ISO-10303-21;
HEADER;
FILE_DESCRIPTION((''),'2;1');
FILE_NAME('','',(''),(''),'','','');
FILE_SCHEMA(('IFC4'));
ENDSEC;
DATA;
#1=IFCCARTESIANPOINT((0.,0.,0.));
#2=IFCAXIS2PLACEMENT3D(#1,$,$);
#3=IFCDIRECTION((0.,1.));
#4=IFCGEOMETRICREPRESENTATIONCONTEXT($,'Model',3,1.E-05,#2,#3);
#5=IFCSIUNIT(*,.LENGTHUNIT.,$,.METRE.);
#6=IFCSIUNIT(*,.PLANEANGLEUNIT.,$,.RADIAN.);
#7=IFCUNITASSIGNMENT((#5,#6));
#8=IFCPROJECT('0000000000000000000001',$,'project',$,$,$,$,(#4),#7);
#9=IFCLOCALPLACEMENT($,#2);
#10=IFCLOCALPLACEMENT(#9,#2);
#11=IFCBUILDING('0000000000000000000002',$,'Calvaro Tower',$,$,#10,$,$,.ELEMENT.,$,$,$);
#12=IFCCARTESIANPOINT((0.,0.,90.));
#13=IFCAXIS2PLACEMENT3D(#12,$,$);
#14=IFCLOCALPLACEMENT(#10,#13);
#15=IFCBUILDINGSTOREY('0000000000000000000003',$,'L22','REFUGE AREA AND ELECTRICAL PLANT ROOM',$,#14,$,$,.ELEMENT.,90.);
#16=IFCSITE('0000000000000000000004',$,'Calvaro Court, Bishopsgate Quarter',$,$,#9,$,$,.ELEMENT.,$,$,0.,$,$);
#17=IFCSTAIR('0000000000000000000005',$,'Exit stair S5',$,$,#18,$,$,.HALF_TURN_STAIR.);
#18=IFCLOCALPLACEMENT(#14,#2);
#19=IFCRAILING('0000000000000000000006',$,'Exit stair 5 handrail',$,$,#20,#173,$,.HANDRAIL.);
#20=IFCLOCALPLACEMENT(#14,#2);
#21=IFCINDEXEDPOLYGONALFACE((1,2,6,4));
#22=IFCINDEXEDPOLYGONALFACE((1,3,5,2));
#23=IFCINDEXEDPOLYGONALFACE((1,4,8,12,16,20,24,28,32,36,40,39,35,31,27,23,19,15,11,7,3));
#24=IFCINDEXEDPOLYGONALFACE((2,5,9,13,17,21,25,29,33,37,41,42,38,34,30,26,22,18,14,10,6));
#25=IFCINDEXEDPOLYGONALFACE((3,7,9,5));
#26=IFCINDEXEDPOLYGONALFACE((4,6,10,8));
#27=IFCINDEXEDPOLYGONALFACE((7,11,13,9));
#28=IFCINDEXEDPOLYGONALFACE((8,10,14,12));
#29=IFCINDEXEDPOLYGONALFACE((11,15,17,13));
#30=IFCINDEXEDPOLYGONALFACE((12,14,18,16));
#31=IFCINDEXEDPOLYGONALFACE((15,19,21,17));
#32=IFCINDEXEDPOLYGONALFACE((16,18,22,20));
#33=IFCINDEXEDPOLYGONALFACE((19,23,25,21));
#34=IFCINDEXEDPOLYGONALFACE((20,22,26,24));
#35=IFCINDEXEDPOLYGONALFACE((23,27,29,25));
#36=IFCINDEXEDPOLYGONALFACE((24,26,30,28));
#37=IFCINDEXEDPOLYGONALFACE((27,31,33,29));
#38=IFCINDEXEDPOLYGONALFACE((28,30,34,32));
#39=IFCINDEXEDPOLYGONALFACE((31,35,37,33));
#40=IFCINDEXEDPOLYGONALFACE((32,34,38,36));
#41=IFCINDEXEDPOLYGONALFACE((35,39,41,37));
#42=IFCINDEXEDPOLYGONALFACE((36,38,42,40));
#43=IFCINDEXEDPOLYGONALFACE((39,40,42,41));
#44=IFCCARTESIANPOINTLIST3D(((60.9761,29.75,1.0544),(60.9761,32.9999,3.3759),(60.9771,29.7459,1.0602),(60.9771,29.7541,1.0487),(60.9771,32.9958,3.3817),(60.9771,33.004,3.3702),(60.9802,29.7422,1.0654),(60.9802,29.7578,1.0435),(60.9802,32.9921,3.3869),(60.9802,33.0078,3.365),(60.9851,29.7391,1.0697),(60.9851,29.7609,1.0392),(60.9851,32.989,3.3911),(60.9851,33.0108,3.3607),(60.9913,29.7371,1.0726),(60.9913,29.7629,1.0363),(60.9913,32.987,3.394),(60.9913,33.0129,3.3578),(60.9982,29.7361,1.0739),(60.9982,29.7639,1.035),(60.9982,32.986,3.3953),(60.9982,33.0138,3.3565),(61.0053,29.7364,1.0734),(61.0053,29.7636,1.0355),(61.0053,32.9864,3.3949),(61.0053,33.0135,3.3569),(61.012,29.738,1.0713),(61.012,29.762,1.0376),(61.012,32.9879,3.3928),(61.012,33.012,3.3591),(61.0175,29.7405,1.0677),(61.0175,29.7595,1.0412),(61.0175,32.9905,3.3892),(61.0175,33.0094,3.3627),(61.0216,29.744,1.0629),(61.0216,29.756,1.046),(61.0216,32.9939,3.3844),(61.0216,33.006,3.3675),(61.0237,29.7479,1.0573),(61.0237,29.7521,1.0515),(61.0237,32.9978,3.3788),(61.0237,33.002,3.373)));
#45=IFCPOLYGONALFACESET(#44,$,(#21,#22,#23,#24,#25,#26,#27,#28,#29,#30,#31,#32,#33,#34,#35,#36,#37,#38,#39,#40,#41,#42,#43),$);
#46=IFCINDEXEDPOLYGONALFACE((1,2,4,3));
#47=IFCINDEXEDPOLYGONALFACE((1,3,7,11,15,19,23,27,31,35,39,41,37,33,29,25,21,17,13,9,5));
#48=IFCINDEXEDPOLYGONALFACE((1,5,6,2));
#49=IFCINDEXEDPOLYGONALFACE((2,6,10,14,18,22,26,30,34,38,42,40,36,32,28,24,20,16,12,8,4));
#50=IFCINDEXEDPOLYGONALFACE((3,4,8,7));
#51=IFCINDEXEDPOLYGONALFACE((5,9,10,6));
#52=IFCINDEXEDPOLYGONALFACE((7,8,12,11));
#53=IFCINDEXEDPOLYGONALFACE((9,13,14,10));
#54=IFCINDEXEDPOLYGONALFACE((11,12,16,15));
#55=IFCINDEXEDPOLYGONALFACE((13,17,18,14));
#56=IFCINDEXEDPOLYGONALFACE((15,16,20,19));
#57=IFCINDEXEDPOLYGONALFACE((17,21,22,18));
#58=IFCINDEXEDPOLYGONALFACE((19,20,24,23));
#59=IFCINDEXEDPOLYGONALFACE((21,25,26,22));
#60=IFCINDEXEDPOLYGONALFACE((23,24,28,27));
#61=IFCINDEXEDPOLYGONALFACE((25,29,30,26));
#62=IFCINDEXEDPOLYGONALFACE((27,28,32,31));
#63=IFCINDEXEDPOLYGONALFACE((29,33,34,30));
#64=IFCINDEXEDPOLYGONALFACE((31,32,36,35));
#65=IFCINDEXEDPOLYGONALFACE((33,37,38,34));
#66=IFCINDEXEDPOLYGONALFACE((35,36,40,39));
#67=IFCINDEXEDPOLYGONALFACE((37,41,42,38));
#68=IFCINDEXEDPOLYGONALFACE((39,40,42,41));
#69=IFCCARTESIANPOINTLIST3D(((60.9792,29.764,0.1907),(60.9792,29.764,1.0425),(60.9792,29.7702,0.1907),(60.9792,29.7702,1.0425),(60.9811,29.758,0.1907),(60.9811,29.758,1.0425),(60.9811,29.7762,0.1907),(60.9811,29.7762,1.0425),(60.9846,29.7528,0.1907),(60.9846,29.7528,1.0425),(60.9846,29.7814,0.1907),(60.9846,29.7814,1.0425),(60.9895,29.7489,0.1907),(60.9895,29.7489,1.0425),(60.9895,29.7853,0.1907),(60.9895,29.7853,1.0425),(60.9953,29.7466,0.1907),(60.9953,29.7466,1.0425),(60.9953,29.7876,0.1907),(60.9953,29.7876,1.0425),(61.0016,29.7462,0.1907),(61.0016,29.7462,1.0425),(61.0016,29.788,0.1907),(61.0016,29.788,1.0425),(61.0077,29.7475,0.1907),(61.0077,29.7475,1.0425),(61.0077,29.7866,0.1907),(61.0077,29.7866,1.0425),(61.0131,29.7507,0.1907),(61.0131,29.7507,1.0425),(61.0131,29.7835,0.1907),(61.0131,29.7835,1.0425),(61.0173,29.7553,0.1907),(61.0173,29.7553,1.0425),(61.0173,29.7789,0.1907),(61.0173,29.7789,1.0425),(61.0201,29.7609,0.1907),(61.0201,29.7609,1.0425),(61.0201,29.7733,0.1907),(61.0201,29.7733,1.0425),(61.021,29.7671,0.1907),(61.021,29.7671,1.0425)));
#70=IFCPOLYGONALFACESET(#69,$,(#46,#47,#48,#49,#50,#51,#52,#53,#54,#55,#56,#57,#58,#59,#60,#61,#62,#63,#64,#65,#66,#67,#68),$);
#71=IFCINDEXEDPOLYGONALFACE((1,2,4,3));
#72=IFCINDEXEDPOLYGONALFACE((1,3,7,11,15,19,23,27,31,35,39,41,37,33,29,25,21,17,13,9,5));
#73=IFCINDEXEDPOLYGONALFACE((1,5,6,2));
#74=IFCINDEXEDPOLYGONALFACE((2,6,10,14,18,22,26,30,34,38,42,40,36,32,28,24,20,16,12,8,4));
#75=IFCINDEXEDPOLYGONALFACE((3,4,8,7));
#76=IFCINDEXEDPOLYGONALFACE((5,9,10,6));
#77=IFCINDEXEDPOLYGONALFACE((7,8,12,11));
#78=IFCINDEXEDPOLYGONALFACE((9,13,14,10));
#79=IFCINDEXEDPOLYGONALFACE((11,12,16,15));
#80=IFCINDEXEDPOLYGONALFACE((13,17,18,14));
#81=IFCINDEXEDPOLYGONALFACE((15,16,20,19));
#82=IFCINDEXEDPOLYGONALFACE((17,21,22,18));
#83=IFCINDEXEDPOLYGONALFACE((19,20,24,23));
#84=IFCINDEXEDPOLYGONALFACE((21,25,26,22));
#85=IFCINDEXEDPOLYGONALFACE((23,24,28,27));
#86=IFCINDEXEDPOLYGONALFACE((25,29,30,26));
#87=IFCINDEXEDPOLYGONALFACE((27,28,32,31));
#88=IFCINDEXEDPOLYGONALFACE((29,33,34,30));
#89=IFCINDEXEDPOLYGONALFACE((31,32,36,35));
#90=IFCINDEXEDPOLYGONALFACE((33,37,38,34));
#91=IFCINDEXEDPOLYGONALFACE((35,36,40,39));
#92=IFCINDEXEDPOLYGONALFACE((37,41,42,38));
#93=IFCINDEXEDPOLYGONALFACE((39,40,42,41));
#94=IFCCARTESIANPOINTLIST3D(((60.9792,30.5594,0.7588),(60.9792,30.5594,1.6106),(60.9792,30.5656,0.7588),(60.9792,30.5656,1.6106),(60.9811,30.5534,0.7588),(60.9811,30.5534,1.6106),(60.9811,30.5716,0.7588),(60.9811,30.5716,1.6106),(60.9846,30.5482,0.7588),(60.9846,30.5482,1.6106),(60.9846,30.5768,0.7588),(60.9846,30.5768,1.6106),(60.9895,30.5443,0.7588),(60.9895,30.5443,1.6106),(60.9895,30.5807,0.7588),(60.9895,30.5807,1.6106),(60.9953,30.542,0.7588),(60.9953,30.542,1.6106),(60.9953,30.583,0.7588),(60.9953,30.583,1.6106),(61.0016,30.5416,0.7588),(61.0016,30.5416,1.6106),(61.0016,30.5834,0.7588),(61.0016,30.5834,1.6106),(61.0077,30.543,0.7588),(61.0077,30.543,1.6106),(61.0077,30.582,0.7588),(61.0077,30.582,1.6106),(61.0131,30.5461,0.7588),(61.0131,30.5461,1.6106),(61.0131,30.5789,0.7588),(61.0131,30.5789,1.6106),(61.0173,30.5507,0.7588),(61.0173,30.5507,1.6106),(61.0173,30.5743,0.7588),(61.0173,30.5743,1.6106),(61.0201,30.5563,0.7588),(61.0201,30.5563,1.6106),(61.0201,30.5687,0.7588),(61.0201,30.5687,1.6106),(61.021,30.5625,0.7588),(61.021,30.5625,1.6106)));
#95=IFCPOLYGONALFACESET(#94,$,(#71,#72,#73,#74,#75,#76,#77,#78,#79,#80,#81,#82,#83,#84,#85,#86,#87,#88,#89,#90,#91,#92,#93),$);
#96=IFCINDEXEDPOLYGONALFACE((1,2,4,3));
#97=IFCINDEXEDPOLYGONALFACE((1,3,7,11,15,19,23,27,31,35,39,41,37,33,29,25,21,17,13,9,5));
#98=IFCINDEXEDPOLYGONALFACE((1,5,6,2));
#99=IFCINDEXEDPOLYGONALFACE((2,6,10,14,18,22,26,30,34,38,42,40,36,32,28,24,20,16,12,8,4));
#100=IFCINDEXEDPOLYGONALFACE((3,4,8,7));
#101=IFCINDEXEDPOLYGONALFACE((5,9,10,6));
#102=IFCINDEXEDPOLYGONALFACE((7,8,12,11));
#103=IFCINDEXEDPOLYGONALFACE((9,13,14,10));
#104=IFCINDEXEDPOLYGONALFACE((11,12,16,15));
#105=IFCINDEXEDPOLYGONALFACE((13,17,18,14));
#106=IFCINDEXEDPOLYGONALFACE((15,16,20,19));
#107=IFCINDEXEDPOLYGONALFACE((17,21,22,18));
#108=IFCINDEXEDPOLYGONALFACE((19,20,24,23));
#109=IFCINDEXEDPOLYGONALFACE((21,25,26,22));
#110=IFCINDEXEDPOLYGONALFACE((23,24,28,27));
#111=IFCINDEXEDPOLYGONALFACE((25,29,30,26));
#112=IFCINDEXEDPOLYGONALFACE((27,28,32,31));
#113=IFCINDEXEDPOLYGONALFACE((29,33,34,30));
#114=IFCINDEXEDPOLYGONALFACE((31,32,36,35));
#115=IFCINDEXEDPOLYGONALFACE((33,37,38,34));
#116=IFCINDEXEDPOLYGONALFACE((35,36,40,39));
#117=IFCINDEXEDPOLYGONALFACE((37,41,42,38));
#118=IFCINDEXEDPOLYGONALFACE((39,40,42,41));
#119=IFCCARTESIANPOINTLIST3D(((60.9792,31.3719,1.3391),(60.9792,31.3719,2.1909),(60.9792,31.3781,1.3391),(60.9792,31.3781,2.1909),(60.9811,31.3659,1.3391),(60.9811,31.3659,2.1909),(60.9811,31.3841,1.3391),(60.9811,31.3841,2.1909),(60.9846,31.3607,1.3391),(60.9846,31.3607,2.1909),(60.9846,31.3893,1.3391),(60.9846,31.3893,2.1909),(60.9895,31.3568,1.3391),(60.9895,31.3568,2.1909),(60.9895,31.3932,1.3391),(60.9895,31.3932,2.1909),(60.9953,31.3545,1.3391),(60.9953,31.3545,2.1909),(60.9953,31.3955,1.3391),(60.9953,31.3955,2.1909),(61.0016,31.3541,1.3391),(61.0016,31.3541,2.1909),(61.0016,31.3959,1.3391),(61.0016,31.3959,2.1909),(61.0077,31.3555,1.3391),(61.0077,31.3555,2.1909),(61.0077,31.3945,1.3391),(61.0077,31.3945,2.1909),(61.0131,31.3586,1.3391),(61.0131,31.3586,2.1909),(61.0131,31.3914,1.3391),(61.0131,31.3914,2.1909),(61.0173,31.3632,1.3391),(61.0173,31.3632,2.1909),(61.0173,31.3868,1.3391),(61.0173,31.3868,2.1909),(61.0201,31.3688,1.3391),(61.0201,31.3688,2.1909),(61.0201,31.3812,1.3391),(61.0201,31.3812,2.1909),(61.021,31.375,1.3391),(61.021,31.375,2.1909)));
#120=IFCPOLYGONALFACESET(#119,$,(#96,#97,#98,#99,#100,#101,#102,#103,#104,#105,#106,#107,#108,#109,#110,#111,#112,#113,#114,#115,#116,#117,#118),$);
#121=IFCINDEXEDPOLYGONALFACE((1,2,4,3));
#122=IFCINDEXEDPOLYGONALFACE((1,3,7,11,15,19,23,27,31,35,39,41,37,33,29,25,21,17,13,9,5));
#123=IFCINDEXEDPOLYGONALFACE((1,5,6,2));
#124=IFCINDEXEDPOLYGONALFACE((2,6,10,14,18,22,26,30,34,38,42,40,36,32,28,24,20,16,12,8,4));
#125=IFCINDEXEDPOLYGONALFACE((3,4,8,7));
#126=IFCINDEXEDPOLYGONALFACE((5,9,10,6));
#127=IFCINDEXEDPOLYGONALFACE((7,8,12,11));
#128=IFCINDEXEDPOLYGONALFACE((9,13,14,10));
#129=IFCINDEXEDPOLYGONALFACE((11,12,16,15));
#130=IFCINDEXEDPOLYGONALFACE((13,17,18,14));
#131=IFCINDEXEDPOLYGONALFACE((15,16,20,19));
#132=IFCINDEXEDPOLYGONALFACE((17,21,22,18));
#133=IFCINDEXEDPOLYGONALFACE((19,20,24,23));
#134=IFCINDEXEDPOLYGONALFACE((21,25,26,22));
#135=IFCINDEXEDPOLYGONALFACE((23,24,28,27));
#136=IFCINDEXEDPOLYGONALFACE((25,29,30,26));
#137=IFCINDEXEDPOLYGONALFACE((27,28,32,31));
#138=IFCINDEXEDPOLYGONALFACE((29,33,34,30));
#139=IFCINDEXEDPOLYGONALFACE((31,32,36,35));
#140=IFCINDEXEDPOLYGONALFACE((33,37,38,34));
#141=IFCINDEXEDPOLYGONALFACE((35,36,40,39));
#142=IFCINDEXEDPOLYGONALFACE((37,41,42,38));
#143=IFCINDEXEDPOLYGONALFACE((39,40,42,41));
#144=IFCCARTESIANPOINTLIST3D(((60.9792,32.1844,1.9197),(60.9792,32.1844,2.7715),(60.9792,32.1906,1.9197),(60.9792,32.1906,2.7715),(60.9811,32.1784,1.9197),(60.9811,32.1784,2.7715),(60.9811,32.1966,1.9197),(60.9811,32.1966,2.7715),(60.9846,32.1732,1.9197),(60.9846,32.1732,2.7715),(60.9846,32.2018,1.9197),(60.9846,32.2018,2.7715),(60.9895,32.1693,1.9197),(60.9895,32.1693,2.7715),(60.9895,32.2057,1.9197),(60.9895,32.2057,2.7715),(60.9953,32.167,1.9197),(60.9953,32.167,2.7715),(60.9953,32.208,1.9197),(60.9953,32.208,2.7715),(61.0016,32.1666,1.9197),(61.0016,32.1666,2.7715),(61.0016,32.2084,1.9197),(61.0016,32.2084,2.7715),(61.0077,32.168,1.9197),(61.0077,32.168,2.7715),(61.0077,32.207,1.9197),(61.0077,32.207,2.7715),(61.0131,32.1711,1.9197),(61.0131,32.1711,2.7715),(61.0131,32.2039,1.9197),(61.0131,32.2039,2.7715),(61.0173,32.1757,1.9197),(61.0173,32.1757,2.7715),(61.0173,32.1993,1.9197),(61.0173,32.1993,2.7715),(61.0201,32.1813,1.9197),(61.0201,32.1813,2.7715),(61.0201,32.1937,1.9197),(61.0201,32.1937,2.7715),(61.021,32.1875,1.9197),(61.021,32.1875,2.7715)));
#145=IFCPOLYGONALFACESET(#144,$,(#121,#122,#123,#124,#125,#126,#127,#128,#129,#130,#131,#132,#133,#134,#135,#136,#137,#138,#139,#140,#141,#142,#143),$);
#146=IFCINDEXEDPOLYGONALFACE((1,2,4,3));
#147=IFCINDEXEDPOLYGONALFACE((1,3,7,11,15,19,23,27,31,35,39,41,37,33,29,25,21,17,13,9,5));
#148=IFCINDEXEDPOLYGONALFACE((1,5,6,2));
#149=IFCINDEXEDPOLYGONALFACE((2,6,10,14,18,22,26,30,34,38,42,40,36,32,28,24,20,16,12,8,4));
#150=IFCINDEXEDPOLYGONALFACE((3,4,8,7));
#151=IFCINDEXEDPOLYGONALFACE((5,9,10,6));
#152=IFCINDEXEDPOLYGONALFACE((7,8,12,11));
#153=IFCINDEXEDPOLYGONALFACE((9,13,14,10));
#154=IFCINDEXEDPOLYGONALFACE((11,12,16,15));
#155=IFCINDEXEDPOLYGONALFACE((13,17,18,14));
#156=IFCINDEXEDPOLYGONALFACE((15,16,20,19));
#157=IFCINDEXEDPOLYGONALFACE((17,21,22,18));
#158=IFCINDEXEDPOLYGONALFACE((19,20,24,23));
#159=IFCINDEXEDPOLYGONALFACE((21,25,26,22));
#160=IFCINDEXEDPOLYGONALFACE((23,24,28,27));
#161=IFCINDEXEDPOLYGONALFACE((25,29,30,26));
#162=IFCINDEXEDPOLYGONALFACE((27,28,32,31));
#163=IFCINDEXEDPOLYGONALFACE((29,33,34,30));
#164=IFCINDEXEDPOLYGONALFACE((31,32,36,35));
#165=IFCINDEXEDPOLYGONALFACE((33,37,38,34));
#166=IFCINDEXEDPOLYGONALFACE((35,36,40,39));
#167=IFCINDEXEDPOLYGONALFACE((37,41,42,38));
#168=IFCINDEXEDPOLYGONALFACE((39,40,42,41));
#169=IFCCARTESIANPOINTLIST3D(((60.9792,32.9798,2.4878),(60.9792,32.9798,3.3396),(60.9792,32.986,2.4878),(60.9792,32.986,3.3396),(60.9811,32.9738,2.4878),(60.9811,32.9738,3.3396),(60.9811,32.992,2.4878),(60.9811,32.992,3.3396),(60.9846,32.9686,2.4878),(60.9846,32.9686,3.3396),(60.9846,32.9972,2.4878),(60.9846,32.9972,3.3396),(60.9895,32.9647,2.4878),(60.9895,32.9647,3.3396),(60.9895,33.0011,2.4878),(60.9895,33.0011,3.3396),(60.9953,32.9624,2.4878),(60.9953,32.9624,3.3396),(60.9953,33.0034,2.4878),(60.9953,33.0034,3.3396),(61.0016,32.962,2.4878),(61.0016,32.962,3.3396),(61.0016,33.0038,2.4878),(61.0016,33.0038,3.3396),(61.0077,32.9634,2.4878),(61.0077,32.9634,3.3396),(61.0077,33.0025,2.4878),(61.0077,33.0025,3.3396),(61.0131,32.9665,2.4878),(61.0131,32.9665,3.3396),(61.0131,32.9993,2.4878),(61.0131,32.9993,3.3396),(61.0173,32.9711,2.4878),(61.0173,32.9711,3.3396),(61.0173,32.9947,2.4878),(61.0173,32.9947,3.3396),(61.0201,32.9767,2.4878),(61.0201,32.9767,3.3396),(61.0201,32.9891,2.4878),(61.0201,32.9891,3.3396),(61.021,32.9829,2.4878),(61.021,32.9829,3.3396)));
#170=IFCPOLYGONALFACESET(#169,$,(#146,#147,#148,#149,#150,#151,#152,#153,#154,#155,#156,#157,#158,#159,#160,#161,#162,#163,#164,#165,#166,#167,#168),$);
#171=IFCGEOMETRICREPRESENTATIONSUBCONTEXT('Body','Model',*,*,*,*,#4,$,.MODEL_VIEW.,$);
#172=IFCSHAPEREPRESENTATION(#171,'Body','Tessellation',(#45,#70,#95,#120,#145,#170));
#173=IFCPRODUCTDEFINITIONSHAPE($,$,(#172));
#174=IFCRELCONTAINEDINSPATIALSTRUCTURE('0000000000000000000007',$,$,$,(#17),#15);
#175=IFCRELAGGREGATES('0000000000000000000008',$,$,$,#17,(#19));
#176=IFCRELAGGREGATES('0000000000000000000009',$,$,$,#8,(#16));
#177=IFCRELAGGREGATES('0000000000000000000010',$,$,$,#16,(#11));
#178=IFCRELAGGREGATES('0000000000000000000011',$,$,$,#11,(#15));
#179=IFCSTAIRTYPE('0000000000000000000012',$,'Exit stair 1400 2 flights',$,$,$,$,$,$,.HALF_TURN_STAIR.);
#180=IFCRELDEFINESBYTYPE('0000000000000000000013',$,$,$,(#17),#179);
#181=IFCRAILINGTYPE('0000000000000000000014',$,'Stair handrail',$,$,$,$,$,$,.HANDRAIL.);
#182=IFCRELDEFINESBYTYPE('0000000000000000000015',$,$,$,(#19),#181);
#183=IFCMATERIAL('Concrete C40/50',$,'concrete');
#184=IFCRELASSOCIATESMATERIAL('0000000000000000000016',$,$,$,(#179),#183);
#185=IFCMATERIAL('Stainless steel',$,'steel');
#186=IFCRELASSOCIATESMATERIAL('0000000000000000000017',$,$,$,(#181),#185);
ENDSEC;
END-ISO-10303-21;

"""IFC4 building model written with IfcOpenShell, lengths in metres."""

from ifc_helpers import new_model, si_unit, direction, frame, origin, origin_2d, place, context, subcontext, project, spatial, circle, extrude, material, type_object, element, aggregate, save


model = new_model("IFC4")

# Units and contexts
model_context = context("Model", 3, precision=1e-05, world=origin(), true_north=direction((0.0, 1.0)))
body_context = subcontext(model_context, "Body", "Model", "MODEL_VIEW")
ifc_project = project(units=[si_unit("LENGTHUNIT", "METRE"), si_unit("PLANEANGLEUNIT", "RADIAN")], contexts=[model_context])

# Site, building, storey
site_placement = place(None, origin())
site = spatial("IfcSite", under=ifc_project, at=site_placement, Name="Calvaro Court, Bishopsgate Quarter", CompositionType="ELEMENT", RefElevation=0.0)
building_placement = place(site_placement, origin())
building = spatial("IfcBuilding", under=site, at=building_placement, Name="Calvaro Tower", CompositionType="ELEMENT")
storey_placement = place(building_placement, frame((0.0, 0.0, 90.0)))
storey = spatial("IfcBuildingStorey", under=building, at=storey_placement, Name="L22", Description="REFUGE AREA AND ELECTRICAL PLANT ROOM", CompositionType="ELEMENT", Elevation=90.0)

# Stair
ifc_material_1 = material(Name="Concrete C40/50", Category="concrete")
stair_type = type_object("IfcStairType", Name="Exit stair 1400 2 flights", PredefinedType="HALF_TURN_STAIR", material=ifc_material_1)
stair_placement = place(storey_placement, origin())
stair = element("IfcStair", 1, at=stair_placement, inside=storey, type_object=stair_type, Name="Exit stair S5", PredefinedType="HALF_TURN_STAIR")

# Railing
ifc_material_2 = material(Name="Stainless steel", Category="steel")
railing_type = type_object("IfcRailingType", Name="Stair handrail", PredefinedType="HANDRAIL", material=ifc_material_2)
railing_placement = place(storey_placement, frame((61.0, 29.75, 0.1785)))
railing = element("IfcRailing", 2, at=railing_placement, type_object=railing_type, Name="Exit stair 5 handrail", PredefinedType="HANDRAIL", context=body_context, shape_type="SweptSolid", body=[
    extrude(circle(Radius=0.0239, at=origin_2d()), frame((0.0, 0.0, 0.876), z_axis=(0.0, 0.813721, 0.581256), x_axis=(-1.0, 0.0, 0.0)), (0.0, 0.0, 1.0), 3.9939),
    extrude(circle(Radius=0.021, at=origin_2d()), frame((0.0, 0.0171, 0.0122)), (0.0, 0.0, 1.0), 0.8518),
    extrude(circle(Radius=0.021, at=origin_2d()), frame((0.0, 0.8125, 0.5803)), (0.0, 0.0, 1.0), 0.8518),
    extrude(circle(Radius=0.021, at=origin_2d()), frame((0.0, 1.625, 1.1606)), (0.0, 0.0, 1.0), 0.8518),
    extrude(circle(Radius=0.021, at=origin_2d()), frame((0.0, 2.4375, 1.7412)), (0.0, 0.0, 1.0), 0.8518),
    extrude(circle(Radius=0.021, at=origin_2d()), frame((0.0, 3.2329, 2.3093)), (0.0, 0.0, 1.0), 0.8518),
])
aggregate(stair, [railing])

save(model, "model.ifc")
